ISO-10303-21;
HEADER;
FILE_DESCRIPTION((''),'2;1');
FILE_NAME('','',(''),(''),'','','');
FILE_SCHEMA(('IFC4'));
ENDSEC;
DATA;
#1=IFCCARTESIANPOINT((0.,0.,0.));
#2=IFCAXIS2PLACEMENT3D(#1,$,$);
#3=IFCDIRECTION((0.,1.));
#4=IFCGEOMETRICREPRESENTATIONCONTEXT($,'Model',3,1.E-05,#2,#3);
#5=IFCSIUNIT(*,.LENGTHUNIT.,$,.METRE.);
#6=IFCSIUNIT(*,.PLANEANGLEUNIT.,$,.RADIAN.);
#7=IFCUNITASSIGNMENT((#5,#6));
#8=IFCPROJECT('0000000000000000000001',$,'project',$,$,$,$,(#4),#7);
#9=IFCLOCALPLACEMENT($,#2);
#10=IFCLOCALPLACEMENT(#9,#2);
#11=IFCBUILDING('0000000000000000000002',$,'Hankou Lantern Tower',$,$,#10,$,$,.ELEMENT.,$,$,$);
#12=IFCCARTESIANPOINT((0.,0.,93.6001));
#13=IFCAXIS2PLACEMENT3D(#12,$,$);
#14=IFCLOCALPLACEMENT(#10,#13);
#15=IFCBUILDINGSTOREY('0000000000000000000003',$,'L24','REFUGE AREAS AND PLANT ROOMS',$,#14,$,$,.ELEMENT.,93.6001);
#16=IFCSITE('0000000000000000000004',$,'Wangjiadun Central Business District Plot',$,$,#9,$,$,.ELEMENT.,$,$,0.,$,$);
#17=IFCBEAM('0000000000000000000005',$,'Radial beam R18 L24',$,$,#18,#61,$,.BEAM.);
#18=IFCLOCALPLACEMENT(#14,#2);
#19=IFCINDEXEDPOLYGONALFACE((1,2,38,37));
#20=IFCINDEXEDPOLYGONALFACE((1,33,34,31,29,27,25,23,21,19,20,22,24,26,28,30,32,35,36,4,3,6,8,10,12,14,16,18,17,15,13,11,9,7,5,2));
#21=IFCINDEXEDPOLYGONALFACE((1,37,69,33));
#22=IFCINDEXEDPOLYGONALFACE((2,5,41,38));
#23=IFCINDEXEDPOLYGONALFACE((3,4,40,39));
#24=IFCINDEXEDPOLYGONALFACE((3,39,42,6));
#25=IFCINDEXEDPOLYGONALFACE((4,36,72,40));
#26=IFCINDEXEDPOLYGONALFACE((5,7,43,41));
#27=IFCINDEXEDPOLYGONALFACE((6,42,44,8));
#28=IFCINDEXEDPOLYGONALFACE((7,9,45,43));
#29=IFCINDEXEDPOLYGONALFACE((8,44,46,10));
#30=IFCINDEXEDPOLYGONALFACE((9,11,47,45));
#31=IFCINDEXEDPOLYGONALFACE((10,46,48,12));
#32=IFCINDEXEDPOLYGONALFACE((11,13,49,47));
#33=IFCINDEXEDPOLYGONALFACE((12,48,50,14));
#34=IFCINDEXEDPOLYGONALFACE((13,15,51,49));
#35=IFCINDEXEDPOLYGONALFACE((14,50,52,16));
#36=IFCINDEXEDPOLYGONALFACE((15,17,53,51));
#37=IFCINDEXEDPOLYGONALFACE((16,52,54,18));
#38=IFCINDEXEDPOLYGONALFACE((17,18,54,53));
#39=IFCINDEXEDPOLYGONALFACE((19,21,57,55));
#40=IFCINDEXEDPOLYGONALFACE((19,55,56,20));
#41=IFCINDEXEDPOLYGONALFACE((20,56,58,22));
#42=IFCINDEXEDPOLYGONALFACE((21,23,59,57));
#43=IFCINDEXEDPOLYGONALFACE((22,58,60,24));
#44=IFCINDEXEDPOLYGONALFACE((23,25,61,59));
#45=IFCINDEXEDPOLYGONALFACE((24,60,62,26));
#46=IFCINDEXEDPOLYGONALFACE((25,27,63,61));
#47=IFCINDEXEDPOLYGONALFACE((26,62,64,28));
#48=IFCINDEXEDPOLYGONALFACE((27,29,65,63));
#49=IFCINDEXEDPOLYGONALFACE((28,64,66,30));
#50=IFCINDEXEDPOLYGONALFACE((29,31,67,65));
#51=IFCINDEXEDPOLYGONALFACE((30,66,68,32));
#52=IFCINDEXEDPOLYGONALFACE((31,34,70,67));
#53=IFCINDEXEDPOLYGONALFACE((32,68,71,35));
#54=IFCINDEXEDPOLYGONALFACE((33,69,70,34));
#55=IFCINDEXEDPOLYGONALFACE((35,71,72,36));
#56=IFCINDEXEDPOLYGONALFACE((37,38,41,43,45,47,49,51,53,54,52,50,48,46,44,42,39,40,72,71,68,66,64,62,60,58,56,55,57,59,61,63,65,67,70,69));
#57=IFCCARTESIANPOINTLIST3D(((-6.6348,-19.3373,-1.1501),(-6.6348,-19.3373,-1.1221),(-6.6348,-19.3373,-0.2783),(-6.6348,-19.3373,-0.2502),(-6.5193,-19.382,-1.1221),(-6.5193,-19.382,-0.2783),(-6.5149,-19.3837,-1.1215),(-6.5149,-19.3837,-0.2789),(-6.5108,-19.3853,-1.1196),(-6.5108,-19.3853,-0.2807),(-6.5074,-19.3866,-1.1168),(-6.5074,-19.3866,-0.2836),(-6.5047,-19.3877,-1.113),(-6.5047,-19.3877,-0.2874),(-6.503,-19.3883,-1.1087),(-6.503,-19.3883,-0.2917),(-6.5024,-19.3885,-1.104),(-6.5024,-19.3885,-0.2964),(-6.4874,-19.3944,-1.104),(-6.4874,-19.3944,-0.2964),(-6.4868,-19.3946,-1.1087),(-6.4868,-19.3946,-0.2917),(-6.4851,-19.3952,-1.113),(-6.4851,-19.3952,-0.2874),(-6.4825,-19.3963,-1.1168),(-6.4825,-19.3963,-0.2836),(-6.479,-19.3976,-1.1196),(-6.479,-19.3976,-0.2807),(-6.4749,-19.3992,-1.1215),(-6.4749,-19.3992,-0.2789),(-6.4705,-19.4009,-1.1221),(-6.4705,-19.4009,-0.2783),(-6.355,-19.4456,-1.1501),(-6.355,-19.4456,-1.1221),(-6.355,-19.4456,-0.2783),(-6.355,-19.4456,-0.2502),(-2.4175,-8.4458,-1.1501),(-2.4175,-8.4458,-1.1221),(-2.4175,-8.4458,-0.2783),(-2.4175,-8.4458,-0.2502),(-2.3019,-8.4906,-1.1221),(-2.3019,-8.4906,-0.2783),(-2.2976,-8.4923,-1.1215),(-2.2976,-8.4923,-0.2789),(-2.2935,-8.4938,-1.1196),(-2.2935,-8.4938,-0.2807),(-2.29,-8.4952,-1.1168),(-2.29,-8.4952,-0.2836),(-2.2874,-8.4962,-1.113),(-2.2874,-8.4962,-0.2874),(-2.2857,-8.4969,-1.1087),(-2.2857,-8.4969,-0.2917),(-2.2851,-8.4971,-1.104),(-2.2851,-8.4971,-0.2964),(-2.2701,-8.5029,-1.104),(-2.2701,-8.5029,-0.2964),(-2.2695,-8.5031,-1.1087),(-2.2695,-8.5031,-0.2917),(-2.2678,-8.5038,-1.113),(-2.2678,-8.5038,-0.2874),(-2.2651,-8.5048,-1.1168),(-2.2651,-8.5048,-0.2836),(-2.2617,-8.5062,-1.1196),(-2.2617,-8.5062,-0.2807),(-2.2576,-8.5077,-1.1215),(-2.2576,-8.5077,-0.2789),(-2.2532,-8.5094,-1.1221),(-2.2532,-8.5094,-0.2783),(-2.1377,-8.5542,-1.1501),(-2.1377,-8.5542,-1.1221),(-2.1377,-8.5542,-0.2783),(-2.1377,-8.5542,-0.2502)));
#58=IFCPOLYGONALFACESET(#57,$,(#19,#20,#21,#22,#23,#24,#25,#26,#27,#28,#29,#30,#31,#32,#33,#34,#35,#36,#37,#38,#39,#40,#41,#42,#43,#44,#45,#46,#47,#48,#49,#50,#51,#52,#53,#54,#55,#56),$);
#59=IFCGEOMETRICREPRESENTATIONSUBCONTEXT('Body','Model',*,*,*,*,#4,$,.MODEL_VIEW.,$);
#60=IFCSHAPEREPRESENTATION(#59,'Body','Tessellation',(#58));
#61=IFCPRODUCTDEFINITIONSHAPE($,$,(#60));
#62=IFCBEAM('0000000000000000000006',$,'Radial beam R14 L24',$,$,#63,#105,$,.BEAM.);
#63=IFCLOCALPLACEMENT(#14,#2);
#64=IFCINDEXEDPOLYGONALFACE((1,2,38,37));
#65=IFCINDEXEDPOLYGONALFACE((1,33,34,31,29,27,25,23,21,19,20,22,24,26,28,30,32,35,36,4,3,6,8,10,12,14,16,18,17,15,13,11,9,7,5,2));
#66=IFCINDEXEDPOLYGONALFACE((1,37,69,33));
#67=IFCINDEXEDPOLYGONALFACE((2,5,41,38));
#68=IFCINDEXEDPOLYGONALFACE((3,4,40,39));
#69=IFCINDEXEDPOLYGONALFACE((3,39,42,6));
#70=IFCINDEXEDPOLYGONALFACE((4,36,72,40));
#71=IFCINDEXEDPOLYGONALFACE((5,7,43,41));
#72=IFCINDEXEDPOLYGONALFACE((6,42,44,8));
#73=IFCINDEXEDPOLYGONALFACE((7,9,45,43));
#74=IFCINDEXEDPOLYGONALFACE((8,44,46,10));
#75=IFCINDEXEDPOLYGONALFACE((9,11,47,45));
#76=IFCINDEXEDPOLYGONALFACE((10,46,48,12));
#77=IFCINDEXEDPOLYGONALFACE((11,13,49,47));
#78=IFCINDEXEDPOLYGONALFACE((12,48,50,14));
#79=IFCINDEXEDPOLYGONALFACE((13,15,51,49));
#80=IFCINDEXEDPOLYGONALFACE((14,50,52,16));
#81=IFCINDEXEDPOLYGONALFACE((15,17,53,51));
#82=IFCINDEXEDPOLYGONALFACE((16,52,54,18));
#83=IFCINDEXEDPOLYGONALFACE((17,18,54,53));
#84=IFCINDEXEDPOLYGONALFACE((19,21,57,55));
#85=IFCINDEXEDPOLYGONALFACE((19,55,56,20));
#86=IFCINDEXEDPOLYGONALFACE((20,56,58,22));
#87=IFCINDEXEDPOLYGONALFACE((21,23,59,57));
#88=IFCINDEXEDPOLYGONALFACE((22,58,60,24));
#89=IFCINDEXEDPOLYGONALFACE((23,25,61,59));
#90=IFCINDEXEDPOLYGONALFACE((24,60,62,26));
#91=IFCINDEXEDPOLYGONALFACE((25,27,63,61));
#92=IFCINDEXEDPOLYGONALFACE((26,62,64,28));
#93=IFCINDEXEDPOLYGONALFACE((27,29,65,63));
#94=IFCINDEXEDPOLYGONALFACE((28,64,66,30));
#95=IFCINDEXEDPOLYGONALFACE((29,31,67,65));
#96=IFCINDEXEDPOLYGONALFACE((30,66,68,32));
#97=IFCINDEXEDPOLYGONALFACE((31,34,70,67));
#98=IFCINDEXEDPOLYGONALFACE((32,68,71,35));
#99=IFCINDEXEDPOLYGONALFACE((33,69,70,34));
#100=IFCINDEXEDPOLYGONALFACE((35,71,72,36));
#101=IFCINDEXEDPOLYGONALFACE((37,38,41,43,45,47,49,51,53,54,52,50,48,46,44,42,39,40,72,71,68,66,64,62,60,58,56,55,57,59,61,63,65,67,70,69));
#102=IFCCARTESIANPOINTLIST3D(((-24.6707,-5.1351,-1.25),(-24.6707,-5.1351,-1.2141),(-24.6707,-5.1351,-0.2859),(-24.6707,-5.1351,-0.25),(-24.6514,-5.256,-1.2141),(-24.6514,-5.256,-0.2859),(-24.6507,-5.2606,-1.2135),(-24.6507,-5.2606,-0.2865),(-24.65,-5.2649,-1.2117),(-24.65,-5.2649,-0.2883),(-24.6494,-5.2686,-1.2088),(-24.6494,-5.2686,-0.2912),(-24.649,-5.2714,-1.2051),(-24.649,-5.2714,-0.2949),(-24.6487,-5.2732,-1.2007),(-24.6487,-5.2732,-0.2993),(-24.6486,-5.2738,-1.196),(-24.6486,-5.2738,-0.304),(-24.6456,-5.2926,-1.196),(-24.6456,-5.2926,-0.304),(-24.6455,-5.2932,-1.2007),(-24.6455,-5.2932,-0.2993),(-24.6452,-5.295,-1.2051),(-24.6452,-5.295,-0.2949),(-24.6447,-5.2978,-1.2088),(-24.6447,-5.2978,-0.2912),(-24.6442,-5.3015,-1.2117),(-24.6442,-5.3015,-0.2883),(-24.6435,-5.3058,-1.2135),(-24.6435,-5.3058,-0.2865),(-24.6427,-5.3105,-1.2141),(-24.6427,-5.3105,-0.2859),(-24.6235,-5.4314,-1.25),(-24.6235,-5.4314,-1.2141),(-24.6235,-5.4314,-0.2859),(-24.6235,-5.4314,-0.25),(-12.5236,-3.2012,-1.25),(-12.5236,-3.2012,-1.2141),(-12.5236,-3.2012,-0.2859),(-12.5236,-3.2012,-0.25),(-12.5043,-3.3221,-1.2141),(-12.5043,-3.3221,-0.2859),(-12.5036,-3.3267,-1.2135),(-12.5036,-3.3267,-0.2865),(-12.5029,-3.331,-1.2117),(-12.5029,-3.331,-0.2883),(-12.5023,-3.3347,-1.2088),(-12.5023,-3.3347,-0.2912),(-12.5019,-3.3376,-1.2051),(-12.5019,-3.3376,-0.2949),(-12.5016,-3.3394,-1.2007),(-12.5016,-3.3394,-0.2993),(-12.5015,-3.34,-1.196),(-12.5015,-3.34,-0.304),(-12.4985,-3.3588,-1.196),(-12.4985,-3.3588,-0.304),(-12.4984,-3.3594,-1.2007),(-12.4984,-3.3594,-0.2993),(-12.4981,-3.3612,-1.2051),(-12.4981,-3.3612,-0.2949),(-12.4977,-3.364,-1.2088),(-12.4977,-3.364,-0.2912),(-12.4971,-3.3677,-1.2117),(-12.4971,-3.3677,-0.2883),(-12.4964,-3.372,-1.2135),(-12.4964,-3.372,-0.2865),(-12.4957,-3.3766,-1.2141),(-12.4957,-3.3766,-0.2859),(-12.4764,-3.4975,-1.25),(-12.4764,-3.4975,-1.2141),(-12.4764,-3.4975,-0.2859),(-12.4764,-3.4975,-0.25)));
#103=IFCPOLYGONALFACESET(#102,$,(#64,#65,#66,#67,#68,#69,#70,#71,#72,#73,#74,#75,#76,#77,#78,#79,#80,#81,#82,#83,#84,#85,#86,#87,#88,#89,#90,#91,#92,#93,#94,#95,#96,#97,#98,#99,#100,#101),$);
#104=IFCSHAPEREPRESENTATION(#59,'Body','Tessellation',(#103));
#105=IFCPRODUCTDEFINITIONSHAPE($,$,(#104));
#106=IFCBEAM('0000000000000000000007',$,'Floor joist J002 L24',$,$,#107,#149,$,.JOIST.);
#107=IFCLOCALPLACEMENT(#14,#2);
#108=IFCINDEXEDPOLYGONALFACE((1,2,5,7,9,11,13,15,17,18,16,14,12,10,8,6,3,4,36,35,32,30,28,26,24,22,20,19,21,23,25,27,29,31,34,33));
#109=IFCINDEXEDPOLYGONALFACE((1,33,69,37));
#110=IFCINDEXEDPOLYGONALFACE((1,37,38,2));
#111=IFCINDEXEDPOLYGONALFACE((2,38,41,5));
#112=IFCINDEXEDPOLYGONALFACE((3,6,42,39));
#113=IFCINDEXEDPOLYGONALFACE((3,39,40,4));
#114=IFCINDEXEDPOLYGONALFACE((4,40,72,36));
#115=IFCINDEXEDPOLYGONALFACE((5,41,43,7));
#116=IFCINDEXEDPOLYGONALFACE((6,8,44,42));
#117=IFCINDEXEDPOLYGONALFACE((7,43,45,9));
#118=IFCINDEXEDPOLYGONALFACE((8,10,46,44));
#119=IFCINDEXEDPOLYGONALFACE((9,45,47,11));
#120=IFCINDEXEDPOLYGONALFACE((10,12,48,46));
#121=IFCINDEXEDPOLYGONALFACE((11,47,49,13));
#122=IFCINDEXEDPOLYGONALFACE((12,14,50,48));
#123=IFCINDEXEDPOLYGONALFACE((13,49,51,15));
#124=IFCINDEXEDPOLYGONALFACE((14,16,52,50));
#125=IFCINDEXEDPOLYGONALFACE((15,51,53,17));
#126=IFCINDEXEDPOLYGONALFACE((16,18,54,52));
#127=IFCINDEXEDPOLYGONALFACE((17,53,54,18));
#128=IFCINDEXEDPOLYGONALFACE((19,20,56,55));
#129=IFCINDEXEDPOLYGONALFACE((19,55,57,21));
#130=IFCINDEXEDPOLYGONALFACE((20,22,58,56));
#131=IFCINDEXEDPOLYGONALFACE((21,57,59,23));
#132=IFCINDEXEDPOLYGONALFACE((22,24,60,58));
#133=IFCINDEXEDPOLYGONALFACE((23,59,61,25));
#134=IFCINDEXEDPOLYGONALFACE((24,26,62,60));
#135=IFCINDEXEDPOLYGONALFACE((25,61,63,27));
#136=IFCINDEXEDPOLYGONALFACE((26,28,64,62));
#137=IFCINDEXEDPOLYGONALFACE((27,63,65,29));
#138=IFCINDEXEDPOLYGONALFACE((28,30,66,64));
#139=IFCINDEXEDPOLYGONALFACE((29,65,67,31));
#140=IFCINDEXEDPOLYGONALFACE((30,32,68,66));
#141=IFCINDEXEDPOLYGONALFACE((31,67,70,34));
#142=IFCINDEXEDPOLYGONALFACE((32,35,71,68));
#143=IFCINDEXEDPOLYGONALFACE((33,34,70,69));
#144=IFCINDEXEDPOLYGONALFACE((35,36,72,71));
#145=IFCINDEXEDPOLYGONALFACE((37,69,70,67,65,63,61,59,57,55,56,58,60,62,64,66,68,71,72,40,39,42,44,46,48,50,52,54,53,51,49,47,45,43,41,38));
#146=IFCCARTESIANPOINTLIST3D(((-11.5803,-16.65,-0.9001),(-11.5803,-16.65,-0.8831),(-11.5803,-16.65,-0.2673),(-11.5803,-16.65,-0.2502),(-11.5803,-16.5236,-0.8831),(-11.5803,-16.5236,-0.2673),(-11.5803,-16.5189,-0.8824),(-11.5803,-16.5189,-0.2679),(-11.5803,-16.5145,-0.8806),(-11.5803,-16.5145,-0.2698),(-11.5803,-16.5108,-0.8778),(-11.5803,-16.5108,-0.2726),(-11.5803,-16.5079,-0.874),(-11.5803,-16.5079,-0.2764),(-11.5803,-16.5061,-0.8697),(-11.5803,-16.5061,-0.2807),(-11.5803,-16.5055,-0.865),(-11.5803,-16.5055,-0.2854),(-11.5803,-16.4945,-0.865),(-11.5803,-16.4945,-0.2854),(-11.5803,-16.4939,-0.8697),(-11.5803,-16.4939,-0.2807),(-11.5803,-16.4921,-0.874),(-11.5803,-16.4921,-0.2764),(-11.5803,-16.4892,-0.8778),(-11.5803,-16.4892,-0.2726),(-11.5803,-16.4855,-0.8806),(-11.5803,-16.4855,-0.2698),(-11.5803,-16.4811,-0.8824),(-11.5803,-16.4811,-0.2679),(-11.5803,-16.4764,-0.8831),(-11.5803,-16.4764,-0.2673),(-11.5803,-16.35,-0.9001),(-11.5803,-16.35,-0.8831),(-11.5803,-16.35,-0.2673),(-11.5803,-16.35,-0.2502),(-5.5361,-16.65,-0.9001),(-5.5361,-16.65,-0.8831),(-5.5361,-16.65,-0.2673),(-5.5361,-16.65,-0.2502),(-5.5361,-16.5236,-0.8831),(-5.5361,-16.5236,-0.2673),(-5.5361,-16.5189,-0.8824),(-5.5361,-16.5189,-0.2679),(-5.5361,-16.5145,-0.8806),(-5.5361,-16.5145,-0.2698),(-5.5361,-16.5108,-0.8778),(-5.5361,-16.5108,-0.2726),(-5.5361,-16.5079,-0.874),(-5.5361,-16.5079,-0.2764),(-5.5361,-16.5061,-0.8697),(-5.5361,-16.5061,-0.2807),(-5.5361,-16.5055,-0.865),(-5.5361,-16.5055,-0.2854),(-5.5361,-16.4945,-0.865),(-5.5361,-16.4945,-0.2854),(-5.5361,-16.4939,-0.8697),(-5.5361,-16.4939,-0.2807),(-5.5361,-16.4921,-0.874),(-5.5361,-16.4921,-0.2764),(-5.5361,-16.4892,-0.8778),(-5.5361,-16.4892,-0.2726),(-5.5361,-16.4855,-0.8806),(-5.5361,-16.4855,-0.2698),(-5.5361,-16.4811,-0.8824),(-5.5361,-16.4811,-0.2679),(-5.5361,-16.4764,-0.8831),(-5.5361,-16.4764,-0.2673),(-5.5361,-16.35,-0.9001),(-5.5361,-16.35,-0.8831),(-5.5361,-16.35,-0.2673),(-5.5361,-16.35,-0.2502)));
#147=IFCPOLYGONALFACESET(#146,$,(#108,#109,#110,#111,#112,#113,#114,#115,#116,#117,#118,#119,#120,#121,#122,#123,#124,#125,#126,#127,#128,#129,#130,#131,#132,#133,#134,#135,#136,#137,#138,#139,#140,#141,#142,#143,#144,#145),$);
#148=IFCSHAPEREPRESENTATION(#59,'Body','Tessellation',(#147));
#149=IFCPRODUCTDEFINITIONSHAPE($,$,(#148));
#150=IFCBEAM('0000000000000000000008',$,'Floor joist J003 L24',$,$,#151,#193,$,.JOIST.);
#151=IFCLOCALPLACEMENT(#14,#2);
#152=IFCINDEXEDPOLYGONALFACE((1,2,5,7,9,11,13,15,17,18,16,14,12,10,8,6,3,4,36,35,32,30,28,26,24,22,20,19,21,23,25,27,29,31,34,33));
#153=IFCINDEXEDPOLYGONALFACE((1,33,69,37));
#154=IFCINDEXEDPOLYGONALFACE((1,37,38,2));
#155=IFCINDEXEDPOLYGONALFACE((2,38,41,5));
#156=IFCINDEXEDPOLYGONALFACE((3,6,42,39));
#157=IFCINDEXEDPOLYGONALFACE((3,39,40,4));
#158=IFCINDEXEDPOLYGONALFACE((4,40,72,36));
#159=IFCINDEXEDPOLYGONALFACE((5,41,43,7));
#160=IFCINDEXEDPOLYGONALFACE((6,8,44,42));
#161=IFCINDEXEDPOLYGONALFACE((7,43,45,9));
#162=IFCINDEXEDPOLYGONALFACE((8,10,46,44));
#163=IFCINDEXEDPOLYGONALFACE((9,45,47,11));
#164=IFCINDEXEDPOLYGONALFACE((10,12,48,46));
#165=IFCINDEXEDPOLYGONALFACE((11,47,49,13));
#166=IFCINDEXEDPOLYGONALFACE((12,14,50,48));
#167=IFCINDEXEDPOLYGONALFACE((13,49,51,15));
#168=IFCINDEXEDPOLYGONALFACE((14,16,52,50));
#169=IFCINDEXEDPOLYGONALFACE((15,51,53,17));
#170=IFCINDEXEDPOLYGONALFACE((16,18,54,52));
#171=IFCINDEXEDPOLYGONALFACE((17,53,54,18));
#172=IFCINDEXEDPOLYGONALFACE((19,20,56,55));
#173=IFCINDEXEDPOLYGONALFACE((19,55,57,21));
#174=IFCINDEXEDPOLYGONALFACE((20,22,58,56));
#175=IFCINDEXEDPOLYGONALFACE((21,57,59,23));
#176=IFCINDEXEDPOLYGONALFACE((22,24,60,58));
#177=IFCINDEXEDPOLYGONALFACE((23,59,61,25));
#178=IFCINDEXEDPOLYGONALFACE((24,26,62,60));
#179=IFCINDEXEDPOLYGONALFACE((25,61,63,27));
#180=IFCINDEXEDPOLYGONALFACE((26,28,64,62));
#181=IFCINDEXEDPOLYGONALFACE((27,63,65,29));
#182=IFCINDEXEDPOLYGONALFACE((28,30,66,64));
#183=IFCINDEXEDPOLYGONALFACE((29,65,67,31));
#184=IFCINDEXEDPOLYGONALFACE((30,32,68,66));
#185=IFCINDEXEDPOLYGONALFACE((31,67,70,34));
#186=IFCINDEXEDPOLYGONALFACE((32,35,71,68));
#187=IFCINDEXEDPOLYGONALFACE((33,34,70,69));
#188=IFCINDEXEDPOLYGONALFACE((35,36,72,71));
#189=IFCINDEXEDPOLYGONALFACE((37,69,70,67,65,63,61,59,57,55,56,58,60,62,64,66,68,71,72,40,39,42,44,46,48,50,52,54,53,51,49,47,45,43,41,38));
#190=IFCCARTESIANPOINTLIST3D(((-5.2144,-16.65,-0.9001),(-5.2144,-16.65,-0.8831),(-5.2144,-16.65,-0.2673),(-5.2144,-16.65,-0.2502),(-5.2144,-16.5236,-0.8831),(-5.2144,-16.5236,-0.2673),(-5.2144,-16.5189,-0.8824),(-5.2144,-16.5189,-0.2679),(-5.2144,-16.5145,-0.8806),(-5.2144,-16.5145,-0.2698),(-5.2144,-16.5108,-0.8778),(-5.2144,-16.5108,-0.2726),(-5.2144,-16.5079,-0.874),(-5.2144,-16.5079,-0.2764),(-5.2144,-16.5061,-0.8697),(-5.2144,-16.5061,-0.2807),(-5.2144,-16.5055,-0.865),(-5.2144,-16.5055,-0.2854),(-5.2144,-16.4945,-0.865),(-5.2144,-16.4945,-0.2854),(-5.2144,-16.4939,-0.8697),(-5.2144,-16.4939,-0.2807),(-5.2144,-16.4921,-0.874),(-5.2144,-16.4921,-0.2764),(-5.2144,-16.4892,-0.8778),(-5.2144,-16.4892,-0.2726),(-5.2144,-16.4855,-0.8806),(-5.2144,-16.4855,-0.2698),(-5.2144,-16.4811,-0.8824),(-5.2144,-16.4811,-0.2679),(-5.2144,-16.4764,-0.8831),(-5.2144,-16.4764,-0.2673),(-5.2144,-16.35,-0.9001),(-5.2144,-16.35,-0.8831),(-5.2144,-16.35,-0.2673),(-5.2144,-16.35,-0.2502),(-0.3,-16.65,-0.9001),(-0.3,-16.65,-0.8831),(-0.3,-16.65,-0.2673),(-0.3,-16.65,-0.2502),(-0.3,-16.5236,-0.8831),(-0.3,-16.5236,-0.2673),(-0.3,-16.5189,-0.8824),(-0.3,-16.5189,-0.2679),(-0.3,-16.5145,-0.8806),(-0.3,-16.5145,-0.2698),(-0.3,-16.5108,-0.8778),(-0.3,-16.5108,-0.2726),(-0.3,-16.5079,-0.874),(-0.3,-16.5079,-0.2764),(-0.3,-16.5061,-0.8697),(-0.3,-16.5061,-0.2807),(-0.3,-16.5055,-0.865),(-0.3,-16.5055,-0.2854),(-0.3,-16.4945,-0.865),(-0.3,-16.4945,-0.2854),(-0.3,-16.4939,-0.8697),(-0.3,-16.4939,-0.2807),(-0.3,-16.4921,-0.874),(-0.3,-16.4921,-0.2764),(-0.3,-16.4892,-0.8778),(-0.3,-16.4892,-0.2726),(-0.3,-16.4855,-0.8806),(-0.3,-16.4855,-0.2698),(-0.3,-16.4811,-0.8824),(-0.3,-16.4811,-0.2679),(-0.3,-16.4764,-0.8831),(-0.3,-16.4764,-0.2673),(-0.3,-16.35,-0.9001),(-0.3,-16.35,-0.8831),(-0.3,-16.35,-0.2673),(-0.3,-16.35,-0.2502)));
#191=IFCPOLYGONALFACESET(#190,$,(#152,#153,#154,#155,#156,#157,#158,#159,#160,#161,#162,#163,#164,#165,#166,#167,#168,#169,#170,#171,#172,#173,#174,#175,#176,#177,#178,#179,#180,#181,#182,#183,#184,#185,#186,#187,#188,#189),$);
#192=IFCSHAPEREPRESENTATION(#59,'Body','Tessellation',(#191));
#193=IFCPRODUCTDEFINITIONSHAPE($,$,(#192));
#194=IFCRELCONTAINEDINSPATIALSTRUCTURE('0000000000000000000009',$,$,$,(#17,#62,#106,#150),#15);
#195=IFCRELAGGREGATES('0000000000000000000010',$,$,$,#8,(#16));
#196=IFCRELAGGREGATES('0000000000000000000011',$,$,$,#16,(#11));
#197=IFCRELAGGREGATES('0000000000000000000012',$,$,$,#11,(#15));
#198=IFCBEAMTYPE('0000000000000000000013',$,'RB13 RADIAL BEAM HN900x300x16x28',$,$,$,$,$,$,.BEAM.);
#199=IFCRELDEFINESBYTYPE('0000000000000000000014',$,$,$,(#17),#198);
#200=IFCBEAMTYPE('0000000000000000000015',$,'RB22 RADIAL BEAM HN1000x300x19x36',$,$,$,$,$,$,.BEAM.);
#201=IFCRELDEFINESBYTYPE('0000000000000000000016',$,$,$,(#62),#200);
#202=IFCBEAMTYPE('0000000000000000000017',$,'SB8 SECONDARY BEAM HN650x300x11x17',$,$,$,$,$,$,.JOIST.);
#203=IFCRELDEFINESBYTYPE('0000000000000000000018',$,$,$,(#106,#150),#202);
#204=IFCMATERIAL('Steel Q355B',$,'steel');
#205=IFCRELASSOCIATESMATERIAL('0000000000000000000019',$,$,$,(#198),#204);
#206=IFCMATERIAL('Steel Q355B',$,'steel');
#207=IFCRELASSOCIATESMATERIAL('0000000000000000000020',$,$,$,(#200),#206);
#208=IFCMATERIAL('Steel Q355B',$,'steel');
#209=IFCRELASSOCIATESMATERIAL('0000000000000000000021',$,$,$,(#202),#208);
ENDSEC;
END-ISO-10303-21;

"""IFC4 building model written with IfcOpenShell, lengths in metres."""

from ifc_helpers import new_model, si_unit, direction, frame, origin, origin_2d, place, context, subcontext, project, spatial, i_section, extrude, material, material_profile, profile_set, type_object, element, save


model = new_model("IFC4")

# Units and contexts
model_context = context("Model", 3, precision=1e-05, world=origin(), true_north=direction((0.0, 1.0)))
body_context = subcontext(model_context, "Body", "Model", "MODEL_VIEW")
ifc_project = project(units=[si_unit("LENGTHUNIT", "METRE"), si_unit("PLANEANGLEUNIT", "RADIAN")], contexts=[model_context])

# Site, building, storey
site_placement = place(None, origin())
site = spatial("IfcSite", under=ifc_project, at=site_placement, Name="Wangjiadun Central Business District Plot", CompositionType="ELEMENT", RefElevation=0.0)
building_placement = place(site_placement, origin())
building = spatial("IfcBuilding", under=site, at=building_placement, Name="Hankou Lantern Tower", CompositionType="ELEMENT")
storey_placement = place(building_placement, frame((0.0, 0.0, 93.6001)))
storey = spatial("IfcBuildingStorey", under=building, at=storey_placement, Name="L24", Description="REFUGE AREAS AND PLANT ROOMS", CompositionType="ELEMENT", Elevation=93.6001)

# Beams
ifc_material_1 = material(Name="Steel Q355B", Category="steel")
ifc_material_profile_1 = material_profile(ifc_material_1, i_section(OverallWidth=0.3, OverallDepth=0.8999, WebThickness=0.0161, FlangeThickness=0.0281, FilletRadius=0.0181, at=origin_2d()), Name="HN900x300x16x28")
ifc_profile_set_1 = profile_set([ifc_material_profile_1], Name="Steel Q355B")
beam_type_1 = type_object("IfcBeamType", Name="RB13 RADIAL BEAM HN900x300x16x28", PredefinedType="BEAM", material=ifc_profile_set_1)
beam_1_placement = place(storey_placement, frame((-2.2776, -8.5, -0.7002), z_axis=(-0.361089, -0.932531, 0.0), x_axis=(0.932531, -0.361089, 0.0)))
element("IfcBeam", 1, at=beam_1_placement, inside=storey, type_object=beam_type_1, Name="Radial beam R18 L24", PredefinedType="BEAM", context=body_context, shape_type="SweptSolid", body=[
    extrude(i_section(OverallWidth=0.3, OverallDepth=0.8999, WebThickness=0.0161, FlangeThickness=0.0281, FilletRadius=0.0181, at=origin_2d()), origin(), (0.0, 0.0, 1.0), 11.6794),
])
ifc_material_2 = material(Name="Steel Q355B", Category="steel")
ifc_material_profile_2 = material_profile(ifc_material_2, i_section(OverallWidth=0.3, OverallDepth=1.0, WebThickness=0.019, FlangeThickness=0.0359, FilletRadius=0.0181, at=origin_2d()), Name="HN1000x300x19x36")
ifc_profile_set_2 = profile_set([ifc_material_profile_2], Name="Steel Q355B")
beam_type_2 = type_object("IfcBeamType", Name="RB22 RADIAL BEAM HN1000x300x19x36", PredefinedType="BEAM", material=ifc_profile_set_2)
beam_2_placement = place(storey_placement, frame((-12.5, -3.3494, -0.75), z_axis=(-0.987563, -0.157223, 0.0), x_axis=(0.157223, -0.987563, 0.0)))
element("IfcBeam", 2, at=beam_2_placement, inside=storey, type_object=beam_type_2, Name="Radial beam R14 L24", PredefinedType="BEAM", context=body_context, shape_type="SweptSolid", body=[
    extrude(i_section(OverallWidth=0.3, OverallDepth=1.0, WebThickness=0.019, FlangeThickness=0.0359, FilletRadius=0.0181, at=origin_2d()), origin(), (0.0, 0.0, 1.0), 12.3),
])
ifc_material_3 = material(Name="Steel Q355B", Category="steel")
ifc_material_profile_3 = material_profile(ifc_material_3, i_section(OverallWidth=0.3, OverallDepth=0.6499, WebThickness=0.011, FlangeThickness=0.0171, FilletRadius=0.0181, at=origin_2d()), Name="HN650x300x11x17")
ifc_profile_set_3 = profile_set([ifc_material_profile_3], Name="Steel Q355B")
beam_type_3 = type_object("IfcBeamType", Name="SB8 SECONDARY BEAM HN650x300x11x17", PredefinedType="JOIST", material=ifc_profile_set_3)
beam_3_placement = place(storey_placement, frame((-11.5803, -16.5, -0.5752), z_axis=(1.0, 0.0, 0.0), x_axis=(0.0, 1.0, 0.0)))
element("IfcBeam", 3, at=beam_3_placement, inside=storey, type_object=beam_type_3, Name="Floor joist J002 L24", PredefinedType="JOIST", context=body_context, shape_type="SweptSolid", body=[
    extrude(i_section(OverallWidth=0.3, OverallDepth=0.6499, WebThickness=0.011, FlangeThickness=0.0171, FilletRadius=0.0181, at=origin_2d()), origin(), (0.0, 0.0, 1.0), 6.0442),
])
beam_4_placement = place(storey_placement, frame((-5.2144, -16.5, -0.5752), z_axis=(1.0, 0.0, 0.0), x_axis=(0.0, 1.0, 0.0)))
element("IfcBeam", 4, at=beam_4_placement, inside=storey, type_object=beam_type_3, Name="Floor joist J003 L24", PredefinedType="JOIST", context=body_context, shape_type="SweptSolid", body=[
    extrude(i_section(OverallWidth=0.3, OverallDepth=0.6499, WebThickness=0.011, FlangeThickness=0.0171, FilletRadius=0.0181, at=origin_2d()), origin(), (0.0, 0.0, 1.0), 4.9143),
])

save(model, "model.ifc")
